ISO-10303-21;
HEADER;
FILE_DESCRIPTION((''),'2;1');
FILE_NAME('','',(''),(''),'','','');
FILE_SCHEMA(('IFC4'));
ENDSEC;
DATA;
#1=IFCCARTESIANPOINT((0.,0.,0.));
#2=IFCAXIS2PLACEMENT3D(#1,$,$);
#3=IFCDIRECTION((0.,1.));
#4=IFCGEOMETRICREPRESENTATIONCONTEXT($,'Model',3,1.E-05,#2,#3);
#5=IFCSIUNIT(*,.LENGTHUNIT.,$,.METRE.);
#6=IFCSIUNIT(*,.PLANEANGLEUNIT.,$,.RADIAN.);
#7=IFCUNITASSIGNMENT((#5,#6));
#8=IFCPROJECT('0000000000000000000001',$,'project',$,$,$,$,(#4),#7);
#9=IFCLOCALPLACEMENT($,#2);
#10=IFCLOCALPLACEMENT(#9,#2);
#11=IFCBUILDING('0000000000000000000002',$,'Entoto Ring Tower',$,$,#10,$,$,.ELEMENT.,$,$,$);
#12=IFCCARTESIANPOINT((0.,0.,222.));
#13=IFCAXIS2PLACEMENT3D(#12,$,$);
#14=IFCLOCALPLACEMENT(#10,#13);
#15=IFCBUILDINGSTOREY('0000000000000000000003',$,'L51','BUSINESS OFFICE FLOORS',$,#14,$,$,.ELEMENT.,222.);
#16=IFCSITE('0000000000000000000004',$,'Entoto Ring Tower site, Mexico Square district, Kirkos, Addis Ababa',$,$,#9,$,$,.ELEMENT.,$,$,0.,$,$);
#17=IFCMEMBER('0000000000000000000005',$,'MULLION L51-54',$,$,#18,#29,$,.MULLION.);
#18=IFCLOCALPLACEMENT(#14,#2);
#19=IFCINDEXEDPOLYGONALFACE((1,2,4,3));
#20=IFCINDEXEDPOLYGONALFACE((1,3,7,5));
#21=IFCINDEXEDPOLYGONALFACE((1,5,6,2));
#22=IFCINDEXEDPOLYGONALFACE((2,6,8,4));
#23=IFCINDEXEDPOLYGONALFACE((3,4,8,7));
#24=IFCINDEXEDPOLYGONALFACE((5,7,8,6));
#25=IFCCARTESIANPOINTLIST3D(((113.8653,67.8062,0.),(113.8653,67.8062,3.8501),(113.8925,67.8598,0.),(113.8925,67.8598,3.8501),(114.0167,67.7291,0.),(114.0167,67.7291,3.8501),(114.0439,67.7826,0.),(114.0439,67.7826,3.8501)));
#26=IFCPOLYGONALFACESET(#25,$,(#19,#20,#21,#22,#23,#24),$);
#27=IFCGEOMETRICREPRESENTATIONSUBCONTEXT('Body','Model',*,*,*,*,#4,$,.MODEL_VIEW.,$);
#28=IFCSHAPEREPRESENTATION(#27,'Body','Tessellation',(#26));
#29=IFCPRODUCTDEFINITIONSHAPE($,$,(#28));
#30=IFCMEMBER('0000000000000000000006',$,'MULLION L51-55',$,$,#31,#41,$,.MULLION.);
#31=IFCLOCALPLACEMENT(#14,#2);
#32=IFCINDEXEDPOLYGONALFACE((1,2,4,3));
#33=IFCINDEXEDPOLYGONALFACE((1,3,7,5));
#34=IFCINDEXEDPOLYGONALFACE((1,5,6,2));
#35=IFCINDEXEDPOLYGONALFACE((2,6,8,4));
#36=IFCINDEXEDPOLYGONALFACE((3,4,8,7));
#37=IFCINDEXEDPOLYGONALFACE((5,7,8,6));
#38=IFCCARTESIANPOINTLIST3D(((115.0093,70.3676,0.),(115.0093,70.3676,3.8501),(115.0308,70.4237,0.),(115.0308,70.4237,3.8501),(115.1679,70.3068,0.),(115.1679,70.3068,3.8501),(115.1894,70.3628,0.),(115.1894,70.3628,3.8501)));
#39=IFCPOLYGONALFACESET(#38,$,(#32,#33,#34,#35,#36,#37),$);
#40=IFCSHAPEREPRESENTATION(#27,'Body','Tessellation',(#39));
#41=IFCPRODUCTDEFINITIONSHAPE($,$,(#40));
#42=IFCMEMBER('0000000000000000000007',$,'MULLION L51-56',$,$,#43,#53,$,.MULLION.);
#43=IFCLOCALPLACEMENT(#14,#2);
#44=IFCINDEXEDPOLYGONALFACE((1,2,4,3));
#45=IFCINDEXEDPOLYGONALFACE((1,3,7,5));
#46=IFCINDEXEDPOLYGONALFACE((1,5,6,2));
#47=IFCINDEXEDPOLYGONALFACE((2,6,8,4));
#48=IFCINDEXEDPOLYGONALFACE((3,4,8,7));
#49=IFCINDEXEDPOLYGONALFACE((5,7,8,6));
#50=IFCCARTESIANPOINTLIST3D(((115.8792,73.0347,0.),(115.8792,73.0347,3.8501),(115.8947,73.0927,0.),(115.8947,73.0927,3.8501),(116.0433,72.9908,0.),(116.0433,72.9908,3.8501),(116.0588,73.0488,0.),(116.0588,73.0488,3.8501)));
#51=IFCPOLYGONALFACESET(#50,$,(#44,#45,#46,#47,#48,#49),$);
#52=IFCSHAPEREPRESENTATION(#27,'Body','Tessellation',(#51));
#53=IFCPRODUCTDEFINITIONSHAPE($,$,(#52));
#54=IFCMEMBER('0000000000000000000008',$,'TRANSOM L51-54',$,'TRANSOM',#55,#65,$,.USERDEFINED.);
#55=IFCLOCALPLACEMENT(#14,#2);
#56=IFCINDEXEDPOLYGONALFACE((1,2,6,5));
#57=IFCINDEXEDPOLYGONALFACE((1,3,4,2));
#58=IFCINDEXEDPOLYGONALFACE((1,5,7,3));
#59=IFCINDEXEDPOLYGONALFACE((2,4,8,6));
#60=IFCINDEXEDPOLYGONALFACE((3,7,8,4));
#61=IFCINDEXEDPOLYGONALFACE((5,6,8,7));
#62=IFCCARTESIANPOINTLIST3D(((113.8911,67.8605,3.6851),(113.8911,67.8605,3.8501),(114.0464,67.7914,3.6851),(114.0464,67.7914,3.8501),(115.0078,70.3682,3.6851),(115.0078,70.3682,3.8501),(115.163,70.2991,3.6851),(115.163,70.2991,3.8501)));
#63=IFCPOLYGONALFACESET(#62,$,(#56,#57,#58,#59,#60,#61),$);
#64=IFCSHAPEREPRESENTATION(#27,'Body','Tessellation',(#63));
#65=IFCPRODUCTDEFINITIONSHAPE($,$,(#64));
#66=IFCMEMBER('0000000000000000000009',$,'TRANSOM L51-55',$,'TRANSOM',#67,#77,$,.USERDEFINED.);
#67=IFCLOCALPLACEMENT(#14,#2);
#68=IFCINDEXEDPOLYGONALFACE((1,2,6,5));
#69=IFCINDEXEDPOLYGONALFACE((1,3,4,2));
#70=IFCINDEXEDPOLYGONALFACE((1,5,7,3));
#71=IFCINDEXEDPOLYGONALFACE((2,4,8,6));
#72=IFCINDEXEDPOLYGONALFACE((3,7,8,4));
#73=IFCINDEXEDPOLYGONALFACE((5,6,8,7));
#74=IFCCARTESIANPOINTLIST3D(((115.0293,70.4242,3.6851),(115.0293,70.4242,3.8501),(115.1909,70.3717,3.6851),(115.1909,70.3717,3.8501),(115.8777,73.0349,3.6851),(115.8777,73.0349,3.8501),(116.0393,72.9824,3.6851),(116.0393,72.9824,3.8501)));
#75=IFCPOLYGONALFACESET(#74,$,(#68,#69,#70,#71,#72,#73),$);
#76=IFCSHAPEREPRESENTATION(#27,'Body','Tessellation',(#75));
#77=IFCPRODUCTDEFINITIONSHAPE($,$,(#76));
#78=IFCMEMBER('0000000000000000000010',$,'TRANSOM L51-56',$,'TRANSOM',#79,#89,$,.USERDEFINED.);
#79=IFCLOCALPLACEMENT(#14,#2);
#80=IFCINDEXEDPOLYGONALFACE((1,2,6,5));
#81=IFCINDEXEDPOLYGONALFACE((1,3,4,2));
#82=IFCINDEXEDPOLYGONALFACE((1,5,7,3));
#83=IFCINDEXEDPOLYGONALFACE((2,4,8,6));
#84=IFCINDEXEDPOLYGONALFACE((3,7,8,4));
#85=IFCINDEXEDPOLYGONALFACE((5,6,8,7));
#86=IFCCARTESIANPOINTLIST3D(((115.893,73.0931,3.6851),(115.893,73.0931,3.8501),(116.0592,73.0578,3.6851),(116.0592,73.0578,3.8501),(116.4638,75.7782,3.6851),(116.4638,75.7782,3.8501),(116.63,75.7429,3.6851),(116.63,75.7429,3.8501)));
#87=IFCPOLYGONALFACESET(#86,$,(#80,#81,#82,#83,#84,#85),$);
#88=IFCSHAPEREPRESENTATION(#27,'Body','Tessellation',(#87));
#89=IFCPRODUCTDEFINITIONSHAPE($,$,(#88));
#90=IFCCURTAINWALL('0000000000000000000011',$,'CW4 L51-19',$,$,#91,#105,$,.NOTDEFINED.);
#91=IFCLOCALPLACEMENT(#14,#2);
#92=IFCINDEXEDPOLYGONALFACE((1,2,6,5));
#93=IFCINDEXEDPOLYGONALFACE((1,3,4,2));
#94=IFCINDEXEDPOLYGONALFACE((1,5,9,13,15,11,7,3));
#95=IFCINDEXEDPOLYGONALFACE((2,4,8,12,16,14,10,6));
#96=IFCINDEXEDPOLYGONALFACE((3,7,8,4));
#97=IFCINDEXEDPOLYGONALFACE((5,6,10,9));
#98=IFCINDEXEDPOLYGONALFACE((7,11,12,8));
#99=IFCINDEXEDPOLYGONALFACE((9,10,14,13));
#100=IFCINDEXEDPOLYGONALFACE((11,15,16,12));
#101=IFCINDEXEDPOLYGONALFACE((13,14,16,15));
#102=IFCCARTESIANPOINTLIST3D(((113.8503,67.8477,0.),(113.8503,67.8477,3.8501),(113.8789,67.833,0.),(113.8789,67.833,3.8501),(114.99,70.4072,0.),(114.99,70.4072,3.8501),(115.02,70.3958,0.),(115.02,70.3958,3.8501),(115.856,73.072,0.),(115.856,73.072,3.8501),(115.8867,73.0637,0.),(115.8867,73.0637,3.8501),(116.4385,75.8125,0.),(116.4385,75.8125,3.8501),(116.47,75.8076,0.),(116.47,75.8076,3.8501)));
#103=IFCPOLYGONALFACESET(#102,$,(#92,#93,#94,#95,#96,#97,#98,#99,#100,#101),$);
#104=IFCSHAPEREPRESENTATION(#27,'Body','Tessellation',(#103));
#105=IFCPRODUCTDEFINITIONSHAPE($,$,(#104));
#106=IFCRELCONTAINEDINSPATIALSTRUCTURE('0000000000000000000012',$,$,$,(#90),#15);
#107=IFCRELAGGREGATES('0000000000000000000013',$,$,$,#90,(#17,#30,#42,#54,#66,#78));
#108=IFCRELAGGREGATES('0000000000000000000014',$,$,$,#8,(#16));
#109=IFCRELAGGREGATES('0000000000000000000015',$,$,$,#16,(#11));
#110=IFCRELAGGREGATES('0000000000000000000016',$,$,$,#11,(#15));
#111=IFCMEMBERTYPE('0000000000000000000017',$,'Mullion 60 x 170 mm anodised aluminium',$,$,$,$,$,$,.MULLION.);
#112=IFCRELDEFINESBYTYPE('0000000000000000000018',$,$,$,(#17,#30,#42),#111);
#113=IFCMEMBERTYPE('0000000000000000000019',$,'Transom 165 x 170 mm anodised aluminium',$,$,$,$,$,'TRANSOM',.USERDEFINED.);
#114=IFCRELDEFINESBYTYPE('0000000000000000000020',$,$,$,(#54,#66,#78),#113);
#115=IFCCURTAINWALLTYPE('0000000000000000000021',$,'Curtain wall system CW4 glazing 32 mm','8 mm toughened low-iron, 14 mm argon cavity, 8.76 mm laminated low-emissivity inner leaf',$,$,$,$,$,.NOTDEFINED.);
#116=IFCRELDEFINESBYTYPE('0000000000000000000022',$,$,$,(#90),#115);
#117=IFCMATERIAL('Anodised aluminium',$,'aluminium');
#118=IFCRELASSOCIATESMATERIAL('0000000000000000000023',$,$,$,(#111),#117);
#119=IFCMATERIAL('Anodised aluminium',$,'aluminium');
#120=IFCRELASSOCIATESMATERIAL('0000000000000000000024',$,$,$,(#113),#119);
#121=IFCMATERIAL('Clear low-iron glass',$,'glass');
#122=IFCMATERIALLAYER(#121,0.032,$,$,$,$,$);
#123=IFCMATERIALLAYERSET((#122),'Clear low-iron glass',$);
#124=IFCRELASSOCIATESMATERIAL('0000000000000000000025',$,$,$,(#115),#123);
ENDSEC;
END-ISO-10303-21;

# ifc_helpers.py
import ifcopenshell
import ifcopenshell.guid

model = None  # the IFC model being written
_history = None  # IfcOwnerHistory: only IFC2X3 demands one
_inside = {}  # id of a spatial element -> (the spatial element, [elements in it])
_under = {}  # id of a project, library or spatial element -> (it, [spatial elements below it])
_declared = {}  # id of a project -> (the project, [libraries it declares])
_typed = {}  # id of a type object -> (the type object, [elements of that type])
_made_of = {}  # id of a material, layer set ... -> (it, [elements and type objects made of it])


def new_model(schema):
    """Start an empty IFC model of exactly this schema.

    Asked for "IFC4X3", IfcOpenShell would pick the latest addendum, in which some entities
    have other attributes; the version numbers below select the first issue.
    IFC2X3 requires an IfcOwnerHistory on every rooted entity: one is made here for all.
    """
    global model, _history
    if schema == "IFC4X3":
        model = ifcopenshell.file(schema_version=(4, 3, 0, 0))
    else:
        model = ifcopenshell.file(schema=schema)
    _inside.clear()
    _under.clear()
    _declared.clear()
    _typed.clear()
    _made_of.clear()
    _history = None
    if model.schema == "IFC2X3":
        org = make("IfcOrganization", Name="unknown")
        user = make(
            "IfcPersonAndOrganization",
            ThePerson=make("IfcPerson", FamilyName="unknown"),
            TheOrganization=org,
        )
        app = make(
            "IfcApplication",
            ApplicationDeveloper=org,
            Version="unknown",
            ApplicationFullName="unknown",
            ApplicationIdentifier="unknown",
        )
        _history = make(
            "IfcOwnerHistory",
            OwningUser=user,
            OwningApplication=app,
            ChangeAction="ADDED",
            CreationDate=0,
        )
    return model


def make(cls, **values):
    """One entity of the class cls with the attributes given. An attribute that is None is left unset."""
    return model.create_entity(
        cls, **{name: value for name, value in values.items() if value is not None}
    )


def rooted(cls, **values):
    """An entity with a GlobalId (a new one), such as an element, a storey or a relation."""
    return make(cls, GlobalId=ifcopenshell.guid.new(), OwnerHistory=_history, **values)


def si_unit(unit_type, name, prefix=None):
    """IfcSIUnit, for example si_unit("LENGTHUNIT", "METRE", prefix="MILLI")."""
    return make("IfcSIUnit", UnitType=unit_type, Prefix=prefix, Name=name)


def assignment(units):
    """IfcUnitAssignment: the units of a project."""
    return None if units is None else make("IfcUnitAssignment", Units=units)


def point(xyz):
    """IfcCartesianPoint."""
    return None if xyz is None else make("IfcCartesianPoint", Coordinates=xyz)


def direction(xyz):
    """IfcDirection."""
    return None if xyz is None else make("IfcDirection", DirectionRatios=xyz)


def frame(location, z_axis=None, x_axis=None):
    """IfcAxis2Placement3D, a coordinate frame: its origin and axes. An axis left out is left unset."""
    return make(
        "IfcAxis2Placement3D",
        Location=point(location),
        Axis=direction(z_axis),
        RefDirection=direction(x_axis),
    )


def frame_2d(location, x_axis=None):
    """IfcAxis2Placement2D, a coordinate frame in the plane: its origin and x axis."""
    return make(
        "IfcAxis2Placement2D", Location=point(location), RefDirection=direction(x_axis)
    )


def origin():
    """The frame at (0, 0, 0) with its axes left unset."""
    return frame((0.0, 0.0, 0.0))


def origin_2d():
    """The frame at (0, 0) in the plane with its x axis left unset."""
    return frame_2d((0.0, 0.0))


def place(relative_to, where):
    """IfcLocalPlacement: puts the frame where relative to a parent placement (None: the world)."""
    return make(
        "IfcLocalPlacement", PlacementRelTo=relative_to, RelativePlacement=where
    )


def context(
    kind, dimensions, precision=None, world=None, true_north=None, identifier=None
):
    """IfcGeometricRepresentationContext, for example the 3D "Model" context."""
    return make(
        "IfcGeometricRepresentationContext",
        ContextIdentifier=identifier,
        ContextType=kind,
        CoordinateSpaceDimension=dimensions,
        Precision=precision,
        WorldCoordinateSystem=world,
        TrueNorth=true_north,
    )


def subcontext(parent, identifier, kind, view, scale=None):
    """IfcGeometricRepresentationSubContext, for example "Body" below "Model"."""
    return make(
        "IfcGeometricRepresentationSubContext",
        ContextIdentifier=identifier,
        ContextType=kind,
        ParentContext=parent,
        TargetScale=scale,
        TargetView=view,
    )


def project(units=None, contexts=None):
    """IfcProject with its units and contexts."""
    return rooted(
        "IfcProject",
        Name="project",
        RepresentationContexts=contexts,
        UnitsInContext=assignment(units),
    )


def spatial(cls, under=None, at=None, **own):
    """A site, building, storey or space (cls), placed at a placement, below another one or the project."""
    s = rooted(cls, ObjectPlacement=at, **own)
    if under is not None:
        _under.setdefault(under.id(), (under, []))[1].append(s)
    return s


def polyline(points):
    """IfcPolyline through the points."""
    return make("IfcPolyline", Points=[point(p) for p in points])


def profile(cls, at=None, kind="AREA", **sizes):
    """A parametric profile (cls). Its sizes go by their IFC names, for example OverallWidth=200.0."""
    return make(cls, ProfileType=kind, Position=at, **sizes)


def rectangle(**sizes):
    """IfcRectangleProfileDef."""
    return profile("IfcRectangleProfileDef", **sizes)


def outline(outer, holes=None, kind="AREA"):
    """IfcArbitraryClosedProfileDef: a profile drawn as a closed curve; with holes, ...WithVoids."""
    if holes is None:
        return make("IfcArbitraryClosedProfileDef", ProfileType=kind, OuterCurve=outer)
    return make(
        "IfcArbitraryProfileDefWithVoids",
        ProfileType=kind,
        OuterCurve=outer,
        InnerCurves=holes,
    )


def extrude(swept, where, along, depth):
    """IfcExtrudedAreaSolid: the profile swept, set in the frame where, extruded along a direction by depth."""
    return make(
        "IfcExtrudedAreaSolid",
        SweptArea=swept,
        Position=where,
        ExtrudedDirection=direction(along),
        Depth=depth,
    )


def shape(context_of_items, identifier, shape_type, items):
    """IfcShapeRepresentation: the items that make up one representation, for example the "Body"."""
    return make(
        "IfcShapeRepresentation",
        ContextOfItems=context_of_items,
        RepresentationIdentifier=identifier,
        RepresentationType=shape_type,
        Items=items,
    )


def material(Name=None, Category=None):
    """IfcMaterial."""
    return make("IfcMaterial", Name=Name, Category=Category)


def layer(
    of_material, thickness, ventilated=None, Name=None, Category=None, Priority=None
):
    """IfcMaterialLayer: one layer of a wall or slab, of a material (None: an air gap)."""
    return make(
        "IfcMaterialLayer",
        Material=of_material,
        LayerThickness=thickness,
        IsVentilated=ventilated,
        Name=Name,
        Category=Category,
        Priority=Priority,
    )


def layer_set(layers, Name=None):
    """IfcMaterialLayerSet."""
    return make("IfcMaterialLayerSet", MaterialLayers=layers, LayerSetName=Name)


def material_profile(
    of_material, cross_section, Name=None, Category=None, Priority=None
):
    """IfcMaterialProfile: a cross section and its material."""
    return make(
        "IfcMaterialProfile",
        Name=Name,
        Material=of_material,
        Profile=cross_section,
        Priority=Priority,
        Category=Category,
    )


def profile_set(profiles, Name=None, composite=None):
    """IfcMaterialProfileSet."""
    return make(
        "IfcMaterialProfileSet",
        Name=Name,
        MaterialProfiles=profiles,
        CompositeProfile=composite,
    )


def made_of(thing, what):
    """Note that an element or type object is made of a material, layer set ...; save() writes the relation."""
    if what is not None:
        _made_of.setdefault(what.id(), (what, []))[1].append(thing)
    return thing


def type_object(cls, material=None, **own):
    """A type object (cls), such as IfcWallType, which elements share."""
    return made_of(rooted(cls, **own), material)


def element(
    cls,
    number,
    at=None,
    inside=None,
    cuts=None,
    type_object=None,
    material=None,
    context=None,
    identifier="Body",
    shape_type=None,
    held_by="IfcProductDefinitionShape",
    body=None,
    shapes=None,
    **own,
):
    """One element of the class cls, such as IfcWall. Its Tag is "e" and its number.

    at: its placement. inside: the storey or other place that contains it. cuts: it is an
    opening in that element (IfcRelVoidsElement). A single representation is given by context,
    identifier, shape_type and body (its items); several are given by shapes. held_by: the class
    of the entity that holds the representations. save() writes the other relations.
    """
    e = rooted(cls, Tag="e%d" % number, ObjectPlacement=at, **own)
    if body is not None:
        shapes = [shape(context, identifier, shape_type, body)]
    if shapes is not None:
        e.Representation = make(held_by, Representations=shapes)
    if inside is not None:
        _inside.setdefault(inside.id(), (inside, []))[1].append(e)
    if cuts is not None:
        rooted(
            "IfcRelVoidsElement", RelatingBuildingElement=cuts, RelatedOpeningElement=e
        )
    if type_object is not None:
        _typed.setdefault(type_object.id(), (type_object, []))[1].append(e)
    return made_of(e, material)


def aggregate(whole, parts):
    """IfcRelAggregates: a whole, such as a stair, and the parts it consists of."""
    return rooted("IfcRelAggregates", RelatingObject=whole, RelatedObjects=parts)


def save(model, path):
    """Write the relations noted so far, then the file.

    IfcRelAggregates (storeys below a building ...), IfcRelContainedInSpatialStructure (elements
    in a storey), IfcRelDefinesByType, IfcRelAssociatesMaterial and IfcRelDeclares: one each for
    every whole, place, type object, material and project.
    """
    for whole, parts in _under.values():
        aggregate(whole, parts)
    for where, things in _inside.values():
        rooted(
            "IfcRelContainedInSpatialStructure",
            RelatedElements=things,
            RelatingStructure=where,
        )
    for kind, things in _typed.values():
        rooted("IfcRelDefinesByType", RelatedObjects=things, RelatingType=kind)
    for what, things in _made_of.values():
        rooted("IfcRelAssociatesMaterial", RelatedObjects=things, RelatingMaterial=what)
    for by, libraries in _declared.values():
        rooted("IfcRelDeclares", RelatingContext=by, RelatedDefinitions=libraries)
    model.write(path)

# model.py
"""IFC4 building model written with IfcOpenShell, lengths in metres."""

from ifc_helpers import new_model, si_unit, direction, frame, origin, origin_2d, place, context, subcontext, project, spatial, polyline, rectangle, outline, extrude, material, layer, layer_set, material_profile, profile_set, type_object, element, aggregate, save


model = new_model("IFC4")

# Units and contexts
model_context = context("Model", 3, precision=1e-05, world=origin(), true_north=direction((0.0, 1.0)))
body_context = subcontext(model_context, "Body", "Model", "MODEL_VIEW")
ifc_project = project(units=[si_unit("LENGTHUNIT", "METRE"), si_unit("PLANEANGLEUNIT", "RADIAN")], contexts=[model_context])

# Members
ifc_material_1 = material(Name="Anodised aluminium", Category="aluminium")
ifc_material_profile_1 = material_profile(ifc_material_1, rectangle(XDim=0.0601, YDim=0.1699, at=origin_2d()), Name="Mullion 60 x 170 mm anodised aluminium")
ifc_profile_set_1 = profile_set([ifc_material_profile_1], Name="Anodised aluminium")
member_type_1 = type_object("IfcMemberType", Name="Mullion 60 x 170 mm anodised aluminium", PredefinedType="MULLION", material=ifc_profile_set_1)
site_placement = place(None, origin())
building_placement = place(site_placement, origin())
storey_placement = place(building_placement, frame((0.0, 0.0, 222.0)))
member_1_placement = place(storey_placement, frame((113.9546, 67.7944, 0.0), z_axis=(0.0, 0.0, 1.0), x_axis=(0.45399, 0.891007, 0.0)))
member_1 = element("IfcMember", 1, at=member_1_placement, type_object=member_type_1, Name="MULLION L51-54", PredefinedType="MULLION", context=body_context, shape_type="SweptSolid", body=[
    extrude(rectangle(XDim=0.0601, YDim=0.1699, at=origin_2d()), origin(), (0.0, 0.0, 1.0), 3.8501),
])
member_2_placement = place(storey_placement, frame((115.0994, 70.3652, 0.0), z_axis=(0.0, 0.0, 1.0), x_axis=(0.358368, 0.93358, 0.0)))
member_2 = element("IfcMember", 2, at=member_2_placement, type_object=member_type_1, Name="MULLION L51-55", PredefinedType="MULLION", context=body_context, shape_type="SweptSolid", body=[
    extrude(rectangle(XDim=0.0601, YDim=0.1699, at=origin_2d()), origin(), (0.0, 0.0, 1.0), 3.8501),
])
member_3_placement = place(storey_placement, frame((115.969, 73.0417, 0.0), z_axis=(0.0, 0.0, 1.0), x_axis=(0.258819, 0.965926, 0.0)))
member_3 = element("IfcMember", 3, at=member_3_placement, type_object=member_type_1, Name="MULLION L51-56", PredefinedType="MULLION", context=body_context, shape_type="SweptSolid", body=[
    extrude(rectangle(XDim=0.0601, YDim=0.1699, at=origin_2d()), origin(), (0.0, 0.0, 1.0), 3.8501),
])
ifc_material_2 = material(Name="Anodised aluminium", Category="aluminium")
ifc_material_profile_2 = material_profile(ifc_material_2, rectangle(XDim=0.1699, YDim=0.165, at=origin_2d()), Name="Transom 165 x 170 mm anodised aluminium")
ifc_profile_set_2 = profile_set([ifc_material_profile_2], Name="Anodised aluminium")
member_type_2 = type_object("IfcMemberType", Name="Transom 165 x 170 mm anodised aluminium", ElementType="TRANSOM", PredefinedType="USERDEFINED", material=ifc_profile_set_2)
member_4_placement = place(storey_placement, frame((113.9688, 67.8259, 3.7676), z_axis=(0.406782, 0.913525, 0.0), x_axis=(-0.913525, 0.406782, 0.0)))
member_4 = element("IfcMember", 4, at=member_4_placement, type_object=member_type_2, Name="TRANSOM L51-54", ObjectType="TRANSOM", PredefinedType="USERDEFINED", context=body_context, shape_type="SweptSolid", body=[
    extrude(rectangle(XDim=0.1699, YDim=0.165, at=origin_2d()), origin(), (0.0, 0.0, 1.0), 2.7451),
])
member_5_placement = place(storey_placement, frame((115.1101, 70.3979, 3.7676), z_axis=(0.309042, 0.951048, 0.0), x_axis=(-0.951048, 0.309042, 0.0)))
member_5 = element("IfcMember", 5, at=member_5_placement, type_object=member_type_2, Name="TRANSOM L51-55", ObjectType="TRANSOM", PredefinedType="USERDEFINED", context=body_context, shape_type="SweptSolid", body=[
    extrude(rectangle(XDim=0.1699, YDim=0.165, at=origin_2d()), origin(), (0.0, 0.0, 1.0), 2.7451),
])
member_6_placement = place(storey_placement, frame((115.9761, 73.0754, 3.7676), z_axis=(0.207937, 0.978142, 0.0), x_axis=(-0.978142, 0.207937, 0.0)))
member_6 = element("IfcMember", 6, at=member_6_placement, type_object=member_type_2, Name="TRANSOM L51-56", ObjectType="TRANSOM", PredefinedType="USERDEFINED", context=body_context, shape_type="SweptSolid", body=[
    extrude(rectangle(XDim=0.1699, YDim=0.165, at=origin_2d()), origin(), (0.0, 0.0, 1.0), 2.7451),
])

# Site, building, storey
site = spatial("IfcSite", under=ifc_project, at=site_placement, Name="Entoto Ring Tower site, Mexico Square district, Kirkos, Addis Ababa", CompositionType="ELEMENT", RefElevation=0.0)
building = spatial("IfcBuilding", under=site, at=building_placement, Name="Entoto Ring Tower", CompositionType="ELEMENT")
storey = spatial("IfcBuildingStorey", under=building, at=storey_placement, Name="L51", Description="BUSINESS OFFICE FLOORS", CompositionType="ELEMENT", Elevation=222.0)

# Curtain wall
ifc_material_3 = material(Name="Clear low-iron glass", Category="glass")
ifc_layer_1 = layer(ifc_material_3, 0.032)
ifc_layer_set_1 = layer_set([ifc_layer_1], Name="Clear low-iron glass")
curtain_wall_type = type_object("IfcCurtainWallType", Name="Curtain wall system CW4 glazing 32 mm", Description="8 mm toughened low-iron, 14 mm argon cavity, 8.76 mm laminated low-emissivity inner leaf", PredefinedType="NOTDEFINED", material=ifc_layer_set_1)
curtain_wall_1_placement = place(storey_placement, origin())
curtain_wall_1 = element("IfcCurtainWall", 7, at=curtain_wall_1_placement, inside=storey, type_object=curtain_wall_type, Name="CW4 L51-19", PredefinedType="NOTDEFINED", context=body_context, shape_type="SweptSolid", body=[
    extrude(outline(polyline([(113.8789, 67.833), (115.02, 70.3958), (115.8867, 73.0637), (116.47, 75.8076), (116.4385, 75.8125), (115.856, 73.072), (114.99, 70.4072), (113.8503, 67.8477), (113.8789, 67.833)])), origin(), (0.0, 0.0, 1.0), 3.8501),
])
aggregate(curtain_wall_1, [member_1, member_2, member_3, member_4, member_5, member_6])

save(model, "model.ifc")
